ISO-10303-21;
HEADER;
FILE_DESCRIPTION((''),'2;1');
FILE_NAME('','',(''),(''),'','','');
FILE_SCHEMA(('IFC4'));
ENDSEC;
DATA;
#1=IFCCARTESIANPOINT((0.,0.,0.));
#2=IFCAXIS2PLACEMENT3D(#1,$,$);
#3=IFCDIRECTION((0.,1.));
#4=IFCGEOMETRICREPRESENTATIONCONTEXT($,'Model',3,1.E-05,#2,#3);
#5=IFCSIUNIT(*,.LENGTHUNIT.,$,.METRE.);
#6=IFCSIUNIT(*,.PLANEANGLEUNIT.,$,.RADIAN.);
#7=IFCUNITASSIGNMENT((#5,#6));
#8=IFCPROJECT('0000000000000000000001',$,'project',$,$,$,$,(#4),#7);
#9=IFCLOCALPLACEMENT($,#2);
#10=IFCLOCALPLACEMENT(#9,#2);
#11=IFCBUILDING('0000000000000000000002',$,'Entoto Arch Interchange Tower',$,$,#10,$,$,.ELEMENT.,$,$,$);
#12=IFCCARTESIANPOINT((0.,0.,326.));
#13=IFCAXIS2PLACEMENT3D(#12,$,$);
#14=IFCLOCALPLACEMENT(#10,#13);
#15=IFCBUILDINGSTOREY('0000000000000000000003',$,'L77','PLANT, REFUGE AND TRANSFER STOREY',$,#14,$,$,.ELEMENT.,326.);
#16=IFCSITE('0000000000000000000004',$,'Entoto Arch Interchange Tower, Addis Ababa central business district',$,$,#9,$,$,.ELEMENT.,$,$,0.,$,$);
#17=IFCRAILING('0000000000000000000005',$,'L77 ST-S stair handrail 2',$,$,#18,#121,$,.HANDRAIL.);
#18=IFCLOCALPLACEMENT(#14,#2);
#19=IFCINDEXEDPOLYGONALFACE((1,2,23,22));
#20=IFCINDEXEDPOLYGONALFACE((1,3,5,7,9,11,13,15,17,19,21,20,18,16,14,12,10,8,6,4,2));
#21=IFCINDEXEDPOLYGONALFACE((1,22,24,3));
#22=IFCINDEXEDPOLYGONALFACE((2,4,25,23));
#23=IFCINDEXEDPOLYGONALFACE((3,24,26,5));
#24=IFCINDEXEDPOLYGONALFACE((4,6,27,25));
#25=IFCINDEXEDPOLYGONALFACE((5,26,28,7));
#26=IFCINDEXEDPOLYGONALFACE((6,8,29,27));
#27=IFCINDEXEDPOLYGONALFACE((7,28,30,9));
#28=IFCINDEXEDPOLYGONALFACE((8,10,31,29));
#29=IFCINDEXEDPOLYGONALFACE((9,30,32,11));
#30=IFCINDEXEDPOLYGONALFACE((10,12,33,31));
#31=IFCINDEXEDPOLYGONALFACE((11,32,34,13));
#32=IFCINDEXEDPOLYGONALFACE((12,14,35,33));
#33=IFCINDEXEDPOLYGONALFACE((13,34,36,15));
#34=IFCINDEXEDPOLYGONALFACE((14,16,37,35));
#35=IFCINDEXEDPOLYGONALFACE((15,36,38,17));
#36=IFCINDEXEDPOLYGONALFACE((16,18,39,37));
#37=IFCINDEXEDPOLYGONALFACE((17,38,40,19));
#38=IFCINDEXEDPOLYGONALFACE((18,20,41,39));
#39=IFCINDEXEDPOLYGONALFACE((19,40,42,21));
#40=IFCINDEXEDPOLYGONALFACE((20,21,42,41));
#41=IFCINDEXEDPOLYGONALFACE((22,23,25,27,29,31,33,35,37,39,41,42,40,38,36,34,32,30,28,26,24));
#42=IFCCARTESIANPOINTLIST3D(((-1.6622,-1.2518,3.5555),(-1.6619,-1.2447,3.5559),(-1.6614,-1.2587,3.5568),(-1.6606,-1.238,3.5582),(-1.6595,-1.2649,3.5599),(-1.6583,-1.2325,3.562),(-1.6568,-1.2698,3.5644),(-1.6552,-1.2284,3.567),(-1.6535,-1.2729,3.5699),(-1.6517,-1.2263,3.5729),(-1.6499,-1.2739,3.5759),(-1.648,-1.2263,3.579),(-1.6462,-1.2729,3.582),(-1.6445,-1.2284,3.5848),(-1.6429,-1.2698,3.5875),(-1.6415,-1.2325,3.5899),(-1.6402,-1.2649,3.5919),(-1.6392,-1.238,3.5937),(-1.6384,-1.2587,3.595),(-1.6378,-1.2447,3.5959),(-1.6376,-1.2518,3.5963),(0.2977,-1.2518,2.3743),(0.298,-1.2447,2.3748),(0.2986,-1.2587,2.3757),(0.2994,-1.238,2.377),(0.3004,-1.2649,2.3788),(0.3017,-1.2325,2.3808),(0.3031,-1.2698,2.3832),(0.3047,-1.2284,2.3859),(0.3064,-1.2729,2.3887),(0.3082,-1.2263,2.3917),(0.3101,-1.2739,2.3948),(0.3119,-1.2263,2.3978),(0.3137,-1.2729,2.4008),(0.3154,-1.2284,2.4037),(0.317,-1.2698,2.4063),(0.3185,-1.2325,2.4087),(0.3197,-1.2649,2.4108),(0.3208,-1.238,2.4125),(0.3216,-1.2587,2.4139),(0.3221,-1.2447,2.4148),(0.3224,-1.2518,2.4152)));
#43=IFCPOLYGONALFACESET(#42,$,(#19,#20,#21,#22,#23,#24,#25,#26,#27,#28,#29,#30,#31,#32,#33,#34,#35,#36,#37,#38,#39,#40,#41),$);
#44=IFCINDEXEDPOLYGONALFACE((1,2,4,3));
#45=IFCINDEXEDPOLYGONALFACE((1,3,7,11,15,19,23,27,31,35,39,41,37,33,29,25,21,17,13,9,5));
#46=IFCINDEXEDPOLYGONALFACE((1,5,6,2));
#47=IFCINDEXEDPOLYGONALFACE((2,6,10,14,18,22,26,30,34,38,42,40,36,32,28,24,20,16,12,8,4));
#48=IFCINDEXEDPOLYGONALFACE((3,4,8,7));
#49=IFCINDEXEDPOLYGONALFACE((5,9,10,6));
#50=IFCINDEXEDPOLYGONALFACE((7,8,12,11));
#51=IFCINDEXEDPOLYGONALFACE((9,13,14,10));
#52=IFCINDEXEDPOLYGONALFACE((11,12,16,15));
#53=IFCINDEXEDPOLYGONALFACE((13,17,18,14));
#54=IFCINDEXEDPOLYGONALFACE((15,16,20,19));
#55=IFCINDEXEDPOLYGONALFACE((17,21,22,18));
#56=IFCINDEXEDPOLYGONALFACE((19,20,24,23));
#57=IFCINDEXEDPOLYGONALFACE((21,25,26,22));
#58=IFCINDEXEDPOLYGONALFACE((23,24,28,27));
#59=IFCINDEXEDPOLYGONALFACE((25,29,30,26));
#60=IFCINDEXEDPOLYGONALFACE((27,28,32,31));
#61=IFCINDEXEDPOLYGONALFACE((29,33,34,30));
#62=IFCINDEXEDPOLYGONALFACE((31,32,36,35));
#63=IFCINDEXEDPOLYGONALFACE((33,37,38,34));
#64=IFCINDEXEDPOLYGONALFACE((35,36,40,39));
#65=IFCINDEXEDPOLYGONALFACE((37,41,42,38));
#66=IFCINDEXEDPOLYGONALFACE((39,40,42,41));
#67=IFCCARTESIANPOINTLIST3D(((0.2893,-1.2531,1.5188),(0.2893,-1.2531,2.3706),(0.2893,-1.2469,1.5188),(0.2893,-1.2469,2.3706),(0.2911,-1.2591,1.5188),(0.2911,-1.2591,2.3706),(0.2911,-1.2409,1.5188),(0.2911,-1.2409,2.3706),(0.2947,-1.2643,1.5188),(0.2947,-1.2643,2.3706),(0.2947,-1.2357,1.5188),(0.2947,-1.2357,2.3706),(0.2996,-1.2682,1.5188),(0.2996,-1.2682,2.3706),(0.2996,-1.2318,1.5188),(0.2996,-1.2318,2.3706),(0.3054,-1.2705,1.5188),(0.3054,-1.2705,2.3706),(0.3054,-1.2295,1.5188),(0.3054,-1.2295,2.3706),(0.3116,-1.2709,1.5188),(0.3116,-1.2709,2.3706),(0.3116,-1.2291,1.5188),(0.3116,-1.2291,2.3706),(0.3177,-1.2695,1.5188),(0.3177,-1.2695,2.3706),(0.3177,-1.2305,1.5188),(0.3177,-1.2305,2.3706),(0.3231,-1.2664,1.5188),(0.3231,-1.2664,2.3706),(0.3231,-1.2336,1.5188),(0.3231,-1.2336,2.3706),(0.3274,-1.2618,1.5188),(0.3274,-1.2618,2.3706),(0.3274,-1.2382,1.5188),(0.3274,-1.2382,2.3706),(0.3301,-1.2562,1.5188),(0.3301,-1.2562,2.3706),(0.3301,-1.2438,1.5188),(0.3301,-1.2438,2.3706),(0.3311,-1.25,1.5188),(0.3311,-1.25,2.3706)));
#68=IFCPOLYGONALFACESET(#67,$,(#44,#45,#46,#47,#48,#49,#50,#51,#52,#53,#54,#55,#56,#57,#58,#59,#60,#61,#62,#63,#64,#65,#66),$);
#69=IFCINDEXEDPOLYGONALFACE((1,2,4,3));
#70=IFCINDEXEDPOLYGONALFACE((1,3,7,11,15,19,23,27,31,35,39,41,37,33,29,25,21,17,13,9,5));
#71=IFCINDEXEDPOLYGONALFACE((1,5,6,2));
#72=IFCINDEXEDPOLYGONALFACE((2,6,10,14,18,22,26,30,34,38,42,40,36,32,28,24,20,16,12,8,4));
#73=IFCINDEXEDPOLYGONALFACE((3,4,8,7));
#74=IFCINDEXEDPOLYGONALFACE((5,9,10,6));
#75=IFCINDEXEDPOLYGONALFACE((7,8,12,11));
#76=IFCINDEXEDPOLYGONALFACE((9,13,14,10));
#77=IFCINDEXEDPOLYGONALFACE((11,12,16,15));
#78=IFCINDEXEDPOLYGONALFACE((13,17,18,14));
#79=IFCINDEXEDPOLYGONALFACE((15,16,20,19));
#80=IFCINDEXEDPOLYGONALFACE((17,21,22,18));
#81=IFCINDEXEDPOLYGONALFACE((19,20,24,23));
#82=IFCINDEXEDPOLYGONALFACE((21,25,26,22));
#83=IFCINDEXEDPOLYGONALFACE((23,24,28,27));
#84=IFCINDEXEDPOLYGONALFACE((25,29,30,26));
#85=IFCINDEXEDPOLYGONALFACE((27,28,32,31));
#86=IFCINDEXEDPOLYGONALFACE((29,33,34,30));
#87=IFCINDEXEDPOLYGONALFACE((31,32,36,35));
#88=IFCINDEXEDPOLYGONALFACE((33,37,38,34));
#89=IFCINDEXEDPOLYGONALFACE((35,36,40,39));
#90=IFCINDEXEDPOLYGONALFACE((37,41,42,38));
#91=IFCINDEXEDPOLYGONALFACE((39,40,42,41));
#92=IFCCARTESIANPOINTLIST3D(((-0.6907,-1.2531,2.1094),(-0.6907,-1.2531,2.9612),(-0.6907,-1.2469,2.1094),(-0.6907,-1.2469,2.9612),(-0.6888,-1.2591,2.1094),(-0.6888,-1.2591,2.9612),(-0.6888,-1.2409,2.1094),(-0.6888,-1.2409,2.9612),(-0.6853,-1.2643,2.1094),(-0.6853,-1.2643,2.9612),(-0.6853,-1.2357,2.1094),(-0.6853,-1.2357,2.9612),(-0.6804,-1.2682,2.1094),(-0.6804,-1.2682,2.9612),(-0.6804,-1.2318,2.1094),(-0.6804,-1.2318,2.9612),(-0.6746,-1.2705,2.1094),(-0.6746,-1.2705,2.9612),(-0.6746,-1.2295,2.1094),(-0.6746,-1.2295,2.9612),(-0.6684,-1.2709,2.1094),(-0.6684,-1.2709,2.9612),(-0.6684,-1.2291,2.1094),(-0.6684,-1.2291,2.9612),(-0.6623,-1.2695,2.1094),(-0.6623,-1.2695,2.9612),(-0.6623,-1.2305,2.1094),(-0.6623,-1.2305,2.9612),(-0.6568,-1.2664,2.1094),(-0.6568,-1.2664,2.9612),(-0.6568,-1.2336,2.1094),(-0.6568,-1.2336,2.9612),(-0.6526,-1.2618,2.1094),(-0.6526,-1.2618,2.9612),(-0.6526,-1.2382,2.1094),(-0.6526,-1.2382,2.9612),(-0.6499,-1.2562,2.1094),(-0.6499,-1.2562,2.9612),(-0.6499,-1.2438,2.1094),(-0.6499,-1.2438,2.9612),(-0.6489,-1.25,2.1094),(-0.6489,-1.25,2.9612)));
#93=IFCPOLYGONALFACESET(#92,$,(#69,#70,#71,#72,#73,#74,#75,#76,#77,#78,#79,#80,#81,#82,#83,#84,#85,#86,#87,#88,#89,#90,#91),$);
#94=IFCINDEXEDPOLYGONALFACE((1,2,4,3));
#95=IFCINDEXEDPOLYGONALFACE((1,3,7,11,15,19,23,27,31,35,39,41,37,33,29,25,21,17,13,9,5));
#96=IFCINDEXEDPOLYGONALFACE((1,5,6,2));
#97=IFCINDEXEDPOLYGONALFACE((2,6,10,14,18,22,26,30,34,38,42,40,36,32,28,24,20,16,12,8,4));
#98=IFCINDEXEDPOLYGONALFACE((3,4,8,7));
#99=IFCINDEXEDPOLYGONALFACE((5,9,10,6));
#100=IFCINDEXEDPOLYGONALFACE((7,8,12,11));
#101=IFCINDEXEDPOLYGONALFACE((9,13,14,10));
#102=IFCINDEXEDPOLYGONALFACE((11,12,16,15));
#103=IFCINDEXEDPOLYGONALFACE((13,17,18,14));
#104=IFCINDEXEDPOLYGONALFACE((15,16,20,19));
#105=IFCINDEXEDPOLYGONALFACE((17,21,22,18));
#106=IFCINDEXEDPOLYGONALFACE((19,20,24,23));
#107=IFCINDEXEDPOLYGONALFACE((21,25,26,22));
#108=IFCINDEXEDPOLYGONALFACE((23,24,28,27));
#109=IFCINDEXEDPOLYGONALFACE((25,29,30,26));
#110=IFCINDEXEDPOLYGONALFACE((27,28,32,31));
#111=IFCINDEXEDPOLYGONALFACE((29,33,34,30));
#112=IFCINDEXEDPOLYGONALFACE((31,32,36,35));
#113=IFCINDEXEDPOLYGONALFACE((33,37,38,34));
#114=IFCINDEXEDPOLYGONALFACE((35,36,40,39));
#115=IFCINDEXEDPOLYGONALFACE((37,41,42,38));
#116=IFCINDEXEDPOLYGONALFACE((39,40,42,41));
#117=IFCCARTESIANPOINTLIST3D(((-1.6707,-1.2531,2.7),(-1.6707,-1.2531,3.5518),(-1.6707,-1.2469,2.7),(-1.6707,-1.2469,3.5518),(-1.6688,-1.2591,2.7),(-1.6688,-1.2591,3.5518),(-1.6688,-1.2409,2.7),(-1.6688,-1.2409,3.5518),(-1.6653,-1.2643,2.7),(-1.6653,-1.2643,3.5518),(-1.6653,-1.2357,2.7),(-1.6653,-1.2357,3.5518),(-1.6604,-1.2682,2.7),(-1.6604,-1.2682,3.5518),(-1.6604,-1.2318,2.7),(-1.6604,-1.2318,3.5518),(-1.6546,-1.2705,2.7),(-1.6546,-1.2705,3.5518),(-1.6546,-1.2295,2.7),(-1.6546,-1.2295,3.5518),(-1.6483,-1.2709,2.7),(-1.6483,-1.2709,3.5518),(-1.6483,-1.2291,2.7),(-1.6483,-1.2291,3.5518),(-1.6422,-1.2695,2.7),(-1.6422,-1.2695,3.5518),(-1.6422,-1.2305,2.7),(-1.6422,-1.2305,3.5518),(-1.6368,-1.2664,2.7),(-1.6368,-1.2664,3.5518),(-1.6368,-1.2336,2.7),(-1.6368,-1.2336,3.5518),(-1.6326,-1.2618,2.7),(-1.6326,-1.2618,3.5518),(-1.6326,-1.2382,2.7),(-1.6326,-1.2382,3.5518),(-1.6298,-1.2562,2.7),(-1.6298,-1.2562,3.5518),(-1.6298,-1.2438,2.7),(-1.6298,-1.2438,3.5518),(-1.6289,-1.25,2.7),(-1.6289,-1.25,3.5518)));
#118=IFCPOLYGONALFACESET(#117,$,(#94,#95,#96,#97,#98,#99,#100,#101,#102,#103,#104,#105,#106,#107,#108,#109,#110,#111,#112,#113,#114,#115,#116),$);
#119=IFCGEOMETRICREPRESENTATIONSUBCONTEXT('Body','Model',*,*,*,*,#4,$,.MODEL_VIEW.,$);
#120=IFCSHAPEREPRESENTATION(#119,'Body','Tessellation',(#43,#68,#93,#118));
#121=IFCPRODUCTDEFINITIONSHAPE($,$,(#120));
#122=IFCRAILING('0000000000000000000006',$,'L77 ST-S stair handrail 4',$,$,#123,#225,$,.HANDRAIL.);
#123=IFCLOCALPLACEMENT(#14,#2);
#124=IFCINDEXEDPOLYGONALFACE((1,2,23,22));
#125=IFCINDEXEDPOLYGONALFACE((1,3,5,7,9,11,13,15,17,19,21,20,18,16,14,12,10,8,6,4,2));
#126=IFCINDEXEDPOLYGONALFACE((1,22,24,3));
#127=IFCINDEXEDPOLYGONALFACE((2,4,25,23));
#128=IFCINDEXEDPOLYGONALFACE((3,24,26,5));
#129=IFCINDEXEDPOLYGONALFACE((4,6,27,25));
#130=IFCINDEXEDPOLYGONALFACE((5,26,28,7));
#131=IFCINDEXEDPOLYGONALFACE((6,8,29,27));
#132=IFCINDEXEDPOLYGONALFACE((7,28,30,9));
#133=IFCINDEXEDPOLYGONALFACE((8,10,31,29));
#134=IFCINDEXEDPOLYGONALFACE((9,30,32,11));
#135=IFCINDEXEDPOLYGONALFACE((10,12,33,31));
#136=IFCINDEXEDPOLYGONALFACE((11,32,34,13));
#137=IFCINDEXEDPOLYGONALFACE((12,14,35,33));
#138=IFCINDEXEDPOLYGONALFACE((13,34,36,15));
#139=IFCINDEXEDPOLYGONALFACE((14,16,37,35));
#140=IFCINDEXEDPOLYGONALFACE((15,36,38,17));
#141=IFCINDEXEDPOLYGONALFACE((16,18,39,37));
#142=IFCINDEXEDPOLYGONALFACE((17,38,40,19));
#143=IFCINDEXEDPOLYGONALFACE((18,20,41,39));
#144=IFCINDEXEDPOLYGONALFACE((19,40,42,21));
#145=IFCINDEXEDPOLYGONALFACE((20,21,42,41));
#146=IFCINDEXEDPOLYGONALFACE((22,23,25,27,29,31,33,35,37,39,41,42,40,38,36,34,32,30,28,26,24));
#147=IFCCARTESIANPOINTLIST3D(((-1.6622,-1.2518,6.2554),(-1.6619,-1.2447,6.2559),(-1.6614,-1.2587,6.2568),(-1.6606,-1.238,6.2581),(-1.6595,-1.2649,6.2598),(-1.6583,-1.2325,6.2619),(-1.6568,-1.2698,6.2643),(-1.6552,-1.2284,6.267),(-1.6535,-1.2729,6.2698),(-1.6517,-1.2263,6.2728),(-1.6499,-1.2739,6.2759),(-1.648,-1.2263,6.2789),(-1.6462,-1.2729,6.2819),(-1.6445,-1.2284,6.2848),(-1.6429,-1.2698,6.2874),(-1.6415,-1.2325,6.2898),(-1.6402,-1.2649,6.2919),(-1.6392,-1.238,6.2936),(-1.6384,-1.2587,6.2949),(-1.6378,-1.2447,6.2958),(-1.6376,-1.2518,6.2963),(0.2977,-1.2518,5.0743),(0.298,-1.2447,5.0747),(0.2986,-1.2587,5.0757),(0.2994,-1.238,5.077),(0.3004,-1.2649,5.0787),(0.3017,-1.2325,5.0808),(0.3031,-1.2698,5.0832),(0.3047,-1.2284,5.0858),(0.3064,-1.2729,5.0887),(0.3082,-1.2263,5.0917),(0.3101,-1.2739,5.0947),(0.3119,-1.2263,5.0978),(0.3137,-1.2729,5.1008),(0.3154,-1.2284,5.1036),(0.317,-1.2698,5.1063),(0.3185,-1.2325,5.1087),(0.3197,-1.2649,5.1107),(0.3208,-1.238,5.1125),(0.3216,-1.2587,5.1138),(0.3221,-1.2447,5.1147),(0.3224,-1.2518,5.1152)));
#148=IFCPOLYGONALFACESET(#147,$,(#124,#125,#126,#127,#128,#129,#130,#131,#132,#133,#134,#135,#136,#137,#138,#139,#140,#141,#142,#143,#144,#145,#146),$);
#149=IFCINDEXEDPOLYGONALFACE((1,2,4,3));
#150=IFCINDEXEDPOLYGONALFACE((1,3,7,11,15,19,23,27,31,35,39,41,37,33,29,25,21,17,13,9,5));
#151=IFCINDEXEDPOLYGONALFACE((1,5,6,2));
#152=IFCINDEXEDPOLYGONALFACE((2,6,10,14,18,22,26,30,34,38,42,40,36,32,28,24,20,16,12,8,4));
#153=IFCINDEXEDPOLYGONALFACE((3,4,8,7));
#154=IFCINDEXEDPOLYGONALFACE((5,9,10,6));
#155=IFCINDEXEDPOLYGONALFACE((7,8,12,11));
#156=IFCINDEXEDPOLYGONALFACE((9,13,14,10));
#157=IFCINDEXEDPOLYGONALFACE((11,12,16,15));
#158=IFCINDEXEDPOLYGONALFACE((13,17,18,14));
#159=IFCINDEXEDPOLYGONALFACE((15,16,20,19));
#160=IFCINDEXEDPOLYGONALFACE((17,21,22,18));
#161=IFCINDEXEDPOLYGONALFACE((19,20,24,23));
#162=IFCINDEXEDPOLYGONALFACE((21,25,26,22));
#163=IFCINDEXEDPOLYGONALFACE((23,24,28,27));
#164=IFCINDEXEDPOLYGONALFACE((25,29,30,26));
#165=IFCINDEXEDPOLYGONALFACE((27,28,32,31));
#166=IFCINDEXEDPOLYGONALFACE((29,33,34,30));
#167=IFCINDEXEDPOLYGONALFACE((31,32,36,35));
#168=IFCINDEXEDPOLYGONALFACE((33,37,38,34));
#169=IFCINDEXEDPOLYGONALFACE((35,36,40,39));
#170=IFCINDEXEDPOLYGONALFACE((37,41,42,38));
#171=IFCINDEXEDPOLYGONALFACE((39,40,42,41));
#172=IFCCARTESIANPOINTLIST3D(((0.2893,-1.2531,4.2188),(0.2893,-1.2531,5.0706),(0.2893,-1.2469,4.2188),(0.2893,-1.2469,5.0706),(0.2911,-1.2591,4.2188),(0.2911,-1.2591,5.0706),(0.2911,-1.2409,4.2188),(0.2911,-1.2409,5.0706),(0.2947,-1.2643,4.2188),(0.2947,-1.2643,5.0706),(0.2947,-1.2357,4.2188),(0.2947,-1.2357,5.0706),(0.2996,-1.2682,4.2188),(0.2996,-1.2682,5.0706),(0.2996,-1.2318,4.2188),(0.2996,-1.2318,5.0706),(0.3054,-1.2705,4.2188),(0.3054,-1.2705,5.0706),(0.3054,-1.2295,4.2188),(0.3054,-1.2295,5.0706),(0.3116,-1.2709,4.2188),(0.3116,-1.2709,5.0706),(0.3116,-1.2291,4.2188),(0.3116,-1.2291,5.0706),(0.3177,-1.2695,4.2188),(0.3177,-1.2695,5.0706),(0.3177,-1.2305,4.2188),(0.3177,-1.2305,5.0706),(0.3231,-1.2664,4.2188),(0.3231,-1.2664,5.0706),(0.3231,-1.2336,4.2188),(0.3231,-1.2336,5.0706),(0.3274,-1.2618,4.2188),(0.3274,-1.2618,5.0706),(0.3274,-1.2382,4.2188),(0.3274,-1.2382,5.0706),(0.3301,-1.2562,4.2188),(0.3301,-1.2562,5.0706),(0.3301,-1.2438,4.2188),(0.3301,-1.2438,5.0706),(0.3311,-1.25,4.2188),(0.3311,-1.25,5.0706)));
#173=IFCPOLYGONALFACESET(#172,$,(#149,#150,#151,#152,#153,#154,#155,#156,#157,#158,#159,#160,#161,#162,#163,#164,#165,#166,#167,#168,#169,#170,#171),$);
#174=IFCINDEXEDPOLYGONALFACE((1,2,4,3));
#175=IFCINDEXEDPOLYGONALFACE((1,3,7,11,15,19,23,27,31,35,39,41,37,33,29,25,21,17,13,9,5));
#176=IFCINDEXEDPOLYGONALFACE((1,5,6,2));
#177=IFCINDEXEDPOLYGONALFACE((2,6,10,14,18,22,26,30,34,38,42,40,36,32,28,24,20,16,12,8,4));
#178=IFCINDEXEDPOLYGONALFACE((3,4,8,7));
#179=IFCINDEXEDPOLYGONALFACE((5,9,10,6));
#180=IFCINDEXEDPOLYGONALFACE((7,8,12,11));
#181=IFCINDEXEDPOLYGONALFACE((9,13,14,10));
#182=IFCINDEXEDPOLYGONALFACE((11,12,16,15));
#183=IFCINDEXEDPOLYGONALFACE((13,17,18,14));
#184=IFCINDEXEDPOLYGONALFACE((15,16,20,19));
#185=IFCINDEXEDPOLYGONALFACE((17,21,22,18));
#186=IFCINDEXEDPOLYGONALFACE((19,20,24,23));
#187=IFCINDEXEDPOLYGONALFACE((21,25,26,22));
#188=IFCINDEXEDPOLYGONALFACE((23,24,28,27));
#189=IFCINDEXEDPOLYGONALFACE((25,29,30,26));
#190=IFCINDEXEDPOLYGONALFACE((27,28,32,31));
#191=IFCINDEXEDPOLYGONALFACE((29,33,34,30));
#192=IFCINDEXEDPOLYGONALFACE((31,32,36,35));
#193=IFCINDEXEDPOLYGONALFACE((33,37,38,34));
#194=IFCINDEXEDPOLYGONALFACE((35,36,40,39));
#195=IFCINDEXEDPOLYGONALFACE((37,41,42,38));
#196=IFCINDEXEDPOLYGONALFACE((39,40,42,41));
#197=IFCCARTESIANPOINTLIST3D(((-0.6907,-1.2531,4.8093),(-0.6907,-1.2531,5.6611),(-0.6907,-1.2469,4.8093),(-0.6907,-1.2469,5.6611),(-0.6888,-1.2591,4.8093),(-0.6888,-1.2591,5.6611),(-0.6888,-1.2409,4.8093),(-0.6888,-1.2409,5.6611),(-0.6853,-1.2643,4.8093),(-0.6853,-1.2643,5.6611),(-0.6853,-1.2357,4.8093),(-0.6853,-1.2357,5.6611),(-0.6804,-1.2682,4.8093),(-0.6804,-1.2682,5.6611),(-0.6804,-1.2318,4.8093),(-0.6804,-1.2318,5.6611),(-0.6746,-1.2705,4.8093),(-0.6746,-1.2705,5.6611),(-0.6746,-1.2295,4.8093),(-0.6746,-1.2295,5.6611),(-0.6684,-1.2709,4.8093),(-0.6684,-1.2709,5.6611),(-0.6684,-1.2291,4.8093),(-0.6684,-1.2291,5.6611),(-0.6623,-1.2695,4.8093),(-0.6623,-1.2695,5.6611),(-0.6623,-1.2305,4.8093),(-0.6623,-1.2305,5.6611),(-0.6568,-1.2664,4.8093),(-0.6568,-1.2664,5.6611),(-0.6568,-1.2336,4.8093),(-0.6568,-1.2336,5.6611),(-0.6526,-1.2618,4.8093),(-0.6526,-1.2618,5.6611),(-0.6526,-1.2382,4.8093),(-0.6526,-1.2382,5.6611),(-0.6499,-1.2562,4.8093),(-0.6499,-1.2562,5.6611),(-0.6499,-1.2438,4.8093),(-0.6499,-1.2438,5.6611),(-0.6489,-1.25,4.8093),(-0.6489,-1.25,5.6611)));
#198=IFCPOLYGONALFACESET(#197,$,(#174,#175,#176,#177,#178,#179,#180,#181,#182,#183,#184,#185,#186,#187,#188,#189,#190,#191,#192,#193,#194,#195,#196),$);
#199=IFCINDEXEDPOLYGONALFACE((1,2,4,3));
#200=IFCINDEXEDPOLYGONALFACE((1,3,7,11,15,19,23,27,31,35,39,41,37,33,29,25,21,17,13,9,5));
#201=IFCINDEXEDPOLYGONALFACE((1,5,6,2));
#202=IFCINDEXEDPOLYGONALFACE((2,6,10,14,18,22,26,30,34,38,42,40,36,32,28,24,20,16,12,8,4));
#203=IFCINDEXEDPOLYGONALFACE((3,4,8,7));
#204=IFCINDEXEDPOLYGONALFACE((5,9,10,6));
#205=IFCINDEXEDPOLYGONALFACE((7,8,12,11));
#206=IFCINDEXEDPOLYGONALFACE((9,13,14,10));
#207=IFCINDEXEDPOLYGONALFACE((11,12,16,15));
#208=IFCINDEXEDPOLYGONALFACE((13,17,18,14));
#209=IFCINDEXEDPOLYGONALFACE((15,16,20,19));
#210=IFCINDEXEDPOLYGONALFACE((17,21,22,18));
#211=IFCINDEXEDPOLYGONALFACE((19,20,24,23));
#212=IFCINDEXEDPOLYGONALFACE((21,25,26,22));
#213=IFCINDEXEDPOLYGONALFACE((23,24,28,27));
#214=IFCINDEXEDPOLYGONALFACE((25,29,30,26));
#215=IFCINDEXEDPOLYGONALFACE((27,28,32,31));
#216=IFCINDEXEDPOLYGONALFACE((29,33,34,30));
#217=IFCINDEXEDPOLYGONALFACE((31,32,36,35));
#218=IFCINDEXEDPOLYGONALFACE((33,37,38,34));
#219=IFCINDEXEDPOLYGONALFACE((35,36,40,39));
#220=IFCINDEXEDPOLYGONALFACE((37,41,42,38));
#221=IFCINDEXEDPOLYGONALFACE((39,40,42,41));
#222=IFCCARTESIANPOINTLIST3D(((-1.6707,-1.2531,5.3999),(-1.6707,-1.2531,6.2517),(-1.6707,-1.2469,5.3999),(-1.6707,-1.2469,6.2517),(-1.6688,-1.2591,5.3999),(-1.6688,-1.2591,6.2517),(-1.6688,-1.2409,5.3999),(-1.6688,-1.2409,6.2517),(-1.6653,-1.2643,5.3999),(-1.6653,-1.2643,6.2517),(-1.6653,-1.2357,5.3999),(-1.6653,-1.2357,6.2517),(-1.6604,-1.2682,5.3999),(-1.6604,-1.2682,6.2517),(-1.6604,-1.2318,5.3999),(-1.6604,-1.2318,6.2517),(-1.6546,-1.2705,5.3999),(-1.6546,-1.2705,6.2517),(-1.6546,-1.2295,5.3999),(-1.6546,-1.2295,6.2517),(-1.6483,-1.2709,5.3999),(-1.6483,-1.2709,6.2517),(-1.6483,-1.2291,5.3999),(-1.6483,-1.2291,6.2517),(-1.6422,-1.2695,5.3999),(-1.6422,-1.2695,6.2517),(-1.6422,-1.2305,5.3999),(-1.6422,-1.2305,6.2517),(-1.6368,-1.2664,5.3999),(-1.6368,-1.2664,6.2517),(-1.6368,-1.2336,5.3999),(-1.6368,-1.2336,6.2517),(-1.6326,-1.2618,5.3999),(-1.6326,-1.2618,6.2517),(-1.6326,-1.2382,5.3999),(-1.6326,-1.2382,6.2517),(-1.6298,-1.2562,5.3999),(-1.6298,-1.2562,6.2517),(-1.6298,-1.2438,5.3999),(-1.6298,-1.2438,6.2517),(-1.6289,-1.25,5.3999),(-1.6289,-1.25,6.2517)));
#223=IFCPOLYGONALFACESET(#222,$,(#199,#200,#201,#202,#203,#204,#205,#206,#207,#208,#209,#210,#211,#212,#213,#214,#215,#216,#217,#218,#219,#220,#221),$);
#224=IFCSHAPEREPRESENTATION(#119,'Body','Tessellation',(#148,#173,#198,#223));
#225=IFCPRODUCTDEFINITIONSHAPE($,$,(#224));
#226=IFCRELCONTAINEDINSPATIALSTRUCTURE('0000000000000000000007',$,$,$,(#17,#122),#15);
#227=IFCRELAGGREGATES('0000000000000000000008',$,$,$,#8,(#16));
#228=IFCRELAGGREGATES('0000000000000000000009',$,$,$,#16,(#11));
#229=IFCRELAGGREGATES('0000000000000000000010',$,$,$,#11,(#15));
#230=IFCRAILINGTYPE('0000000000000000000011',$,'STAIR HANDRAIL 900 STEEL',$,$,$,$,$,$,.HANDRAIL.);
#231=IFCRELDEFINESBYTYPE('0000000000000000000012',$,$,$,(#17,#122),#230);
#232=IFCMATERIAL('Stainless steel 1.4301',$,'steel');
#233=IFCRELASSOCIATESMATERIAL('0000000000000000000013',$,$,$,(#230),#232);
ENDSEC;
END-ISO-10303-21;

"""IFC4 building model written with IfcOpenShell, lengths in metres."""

from ifc_helpers import new_model, si_unit, direction, frame, origin, origin_2d, place, context, subcontext, project, spatial, circle, extrude, material, type_object, element, save


model = new_model("IFC4")

# Units and contexts
model_context = context("Model", 3, precision=1e-05, world=origin(), true_north=direction((0.0, 1.0)))
body_context = subcontext(model_context, "Body", "Model", "MODEL_VIEW")
ifc_project = project(units=[si_unit("LENGTHUNIT", "METRE"), si_unit("PLANEANGLEUNIT", "RADIAN")], contexts=[model_context])

# Site, building, storey
site_placement = place(None, origin())
site = spatial("IfcSite", under=ifc_project, at=site_placement, Name="Entoto Arch Interchange Tower, Addis Ababa central business district", CompositionType="ELEMENT", RefElevation=0.0)
building_placement = place(site_placement, origin())
building = spatial("IfcBuilding", under=site, at=building_placement, Name="Entoto Arch Interchange Tower", CompositionType="ELEMENT")
storey_placement = place(building_placement, frame((0.0, 0.0, 326.0)))
storey = spatial("IfcBuildingStorey", under=building, at=storey_placement, Name="L77", Description="PLANT, REFUGE AND TRANSFER STOREY", CompositionType="ELEMENT", Elevation=326.0)

# Railings
ifc_material_1 = material(Name="Stainless steel 1.4301", Category="steel")
railing_type_1 = type_object("IfcRailingType", Name="STAIR HANDRAIL 900 STEEL", PredefinedType="HANDRAIL", material=ifc_material_1)
for number, where, name in (
    (1, (0.3101, -1.25, 1.5188), "L77 ST-S stair handrail 2"),
    (2, (0.3101, -1.25, 4.2188), "L77 ST-S stair handrail 4"),
):
    element("IfcRailing", number, at=place(storey_placement, frame(where)), inside=storey, type_object=railing_type_1, Name=name, PredefinedType="HANDRAIL", context=body_context, shape_type="SweptSolid", body=[
        extrude(circle(Radius=0.0239, at=origin_2d()), frame((0.0, 0.0, 0.876), z_axis=(-0.856493, 0.0, 0.516158), x_axis=(0.0, -1.0, 0.0)), (0.0, 0.0, 1.0), 2.2883),
        extrude(circle(Radius=0.021, at=origin_2d()), origin(), (0.0, 0.0, 1.0), 0.8518),
        extrude(circle(Radius=0.021, at=origin_2d()), frame((-0.98, 0.0, 0.5906)), (0.0, 0.0, 1.0), 0.8518),
        extrude(circle(Radius=0.021, at=origin_2d()), frame((-1.96, 0.0, 1.1812)), (0.0, 0.0, 1.0), 0.8518),
    ])

save(model, "model.ifc")
